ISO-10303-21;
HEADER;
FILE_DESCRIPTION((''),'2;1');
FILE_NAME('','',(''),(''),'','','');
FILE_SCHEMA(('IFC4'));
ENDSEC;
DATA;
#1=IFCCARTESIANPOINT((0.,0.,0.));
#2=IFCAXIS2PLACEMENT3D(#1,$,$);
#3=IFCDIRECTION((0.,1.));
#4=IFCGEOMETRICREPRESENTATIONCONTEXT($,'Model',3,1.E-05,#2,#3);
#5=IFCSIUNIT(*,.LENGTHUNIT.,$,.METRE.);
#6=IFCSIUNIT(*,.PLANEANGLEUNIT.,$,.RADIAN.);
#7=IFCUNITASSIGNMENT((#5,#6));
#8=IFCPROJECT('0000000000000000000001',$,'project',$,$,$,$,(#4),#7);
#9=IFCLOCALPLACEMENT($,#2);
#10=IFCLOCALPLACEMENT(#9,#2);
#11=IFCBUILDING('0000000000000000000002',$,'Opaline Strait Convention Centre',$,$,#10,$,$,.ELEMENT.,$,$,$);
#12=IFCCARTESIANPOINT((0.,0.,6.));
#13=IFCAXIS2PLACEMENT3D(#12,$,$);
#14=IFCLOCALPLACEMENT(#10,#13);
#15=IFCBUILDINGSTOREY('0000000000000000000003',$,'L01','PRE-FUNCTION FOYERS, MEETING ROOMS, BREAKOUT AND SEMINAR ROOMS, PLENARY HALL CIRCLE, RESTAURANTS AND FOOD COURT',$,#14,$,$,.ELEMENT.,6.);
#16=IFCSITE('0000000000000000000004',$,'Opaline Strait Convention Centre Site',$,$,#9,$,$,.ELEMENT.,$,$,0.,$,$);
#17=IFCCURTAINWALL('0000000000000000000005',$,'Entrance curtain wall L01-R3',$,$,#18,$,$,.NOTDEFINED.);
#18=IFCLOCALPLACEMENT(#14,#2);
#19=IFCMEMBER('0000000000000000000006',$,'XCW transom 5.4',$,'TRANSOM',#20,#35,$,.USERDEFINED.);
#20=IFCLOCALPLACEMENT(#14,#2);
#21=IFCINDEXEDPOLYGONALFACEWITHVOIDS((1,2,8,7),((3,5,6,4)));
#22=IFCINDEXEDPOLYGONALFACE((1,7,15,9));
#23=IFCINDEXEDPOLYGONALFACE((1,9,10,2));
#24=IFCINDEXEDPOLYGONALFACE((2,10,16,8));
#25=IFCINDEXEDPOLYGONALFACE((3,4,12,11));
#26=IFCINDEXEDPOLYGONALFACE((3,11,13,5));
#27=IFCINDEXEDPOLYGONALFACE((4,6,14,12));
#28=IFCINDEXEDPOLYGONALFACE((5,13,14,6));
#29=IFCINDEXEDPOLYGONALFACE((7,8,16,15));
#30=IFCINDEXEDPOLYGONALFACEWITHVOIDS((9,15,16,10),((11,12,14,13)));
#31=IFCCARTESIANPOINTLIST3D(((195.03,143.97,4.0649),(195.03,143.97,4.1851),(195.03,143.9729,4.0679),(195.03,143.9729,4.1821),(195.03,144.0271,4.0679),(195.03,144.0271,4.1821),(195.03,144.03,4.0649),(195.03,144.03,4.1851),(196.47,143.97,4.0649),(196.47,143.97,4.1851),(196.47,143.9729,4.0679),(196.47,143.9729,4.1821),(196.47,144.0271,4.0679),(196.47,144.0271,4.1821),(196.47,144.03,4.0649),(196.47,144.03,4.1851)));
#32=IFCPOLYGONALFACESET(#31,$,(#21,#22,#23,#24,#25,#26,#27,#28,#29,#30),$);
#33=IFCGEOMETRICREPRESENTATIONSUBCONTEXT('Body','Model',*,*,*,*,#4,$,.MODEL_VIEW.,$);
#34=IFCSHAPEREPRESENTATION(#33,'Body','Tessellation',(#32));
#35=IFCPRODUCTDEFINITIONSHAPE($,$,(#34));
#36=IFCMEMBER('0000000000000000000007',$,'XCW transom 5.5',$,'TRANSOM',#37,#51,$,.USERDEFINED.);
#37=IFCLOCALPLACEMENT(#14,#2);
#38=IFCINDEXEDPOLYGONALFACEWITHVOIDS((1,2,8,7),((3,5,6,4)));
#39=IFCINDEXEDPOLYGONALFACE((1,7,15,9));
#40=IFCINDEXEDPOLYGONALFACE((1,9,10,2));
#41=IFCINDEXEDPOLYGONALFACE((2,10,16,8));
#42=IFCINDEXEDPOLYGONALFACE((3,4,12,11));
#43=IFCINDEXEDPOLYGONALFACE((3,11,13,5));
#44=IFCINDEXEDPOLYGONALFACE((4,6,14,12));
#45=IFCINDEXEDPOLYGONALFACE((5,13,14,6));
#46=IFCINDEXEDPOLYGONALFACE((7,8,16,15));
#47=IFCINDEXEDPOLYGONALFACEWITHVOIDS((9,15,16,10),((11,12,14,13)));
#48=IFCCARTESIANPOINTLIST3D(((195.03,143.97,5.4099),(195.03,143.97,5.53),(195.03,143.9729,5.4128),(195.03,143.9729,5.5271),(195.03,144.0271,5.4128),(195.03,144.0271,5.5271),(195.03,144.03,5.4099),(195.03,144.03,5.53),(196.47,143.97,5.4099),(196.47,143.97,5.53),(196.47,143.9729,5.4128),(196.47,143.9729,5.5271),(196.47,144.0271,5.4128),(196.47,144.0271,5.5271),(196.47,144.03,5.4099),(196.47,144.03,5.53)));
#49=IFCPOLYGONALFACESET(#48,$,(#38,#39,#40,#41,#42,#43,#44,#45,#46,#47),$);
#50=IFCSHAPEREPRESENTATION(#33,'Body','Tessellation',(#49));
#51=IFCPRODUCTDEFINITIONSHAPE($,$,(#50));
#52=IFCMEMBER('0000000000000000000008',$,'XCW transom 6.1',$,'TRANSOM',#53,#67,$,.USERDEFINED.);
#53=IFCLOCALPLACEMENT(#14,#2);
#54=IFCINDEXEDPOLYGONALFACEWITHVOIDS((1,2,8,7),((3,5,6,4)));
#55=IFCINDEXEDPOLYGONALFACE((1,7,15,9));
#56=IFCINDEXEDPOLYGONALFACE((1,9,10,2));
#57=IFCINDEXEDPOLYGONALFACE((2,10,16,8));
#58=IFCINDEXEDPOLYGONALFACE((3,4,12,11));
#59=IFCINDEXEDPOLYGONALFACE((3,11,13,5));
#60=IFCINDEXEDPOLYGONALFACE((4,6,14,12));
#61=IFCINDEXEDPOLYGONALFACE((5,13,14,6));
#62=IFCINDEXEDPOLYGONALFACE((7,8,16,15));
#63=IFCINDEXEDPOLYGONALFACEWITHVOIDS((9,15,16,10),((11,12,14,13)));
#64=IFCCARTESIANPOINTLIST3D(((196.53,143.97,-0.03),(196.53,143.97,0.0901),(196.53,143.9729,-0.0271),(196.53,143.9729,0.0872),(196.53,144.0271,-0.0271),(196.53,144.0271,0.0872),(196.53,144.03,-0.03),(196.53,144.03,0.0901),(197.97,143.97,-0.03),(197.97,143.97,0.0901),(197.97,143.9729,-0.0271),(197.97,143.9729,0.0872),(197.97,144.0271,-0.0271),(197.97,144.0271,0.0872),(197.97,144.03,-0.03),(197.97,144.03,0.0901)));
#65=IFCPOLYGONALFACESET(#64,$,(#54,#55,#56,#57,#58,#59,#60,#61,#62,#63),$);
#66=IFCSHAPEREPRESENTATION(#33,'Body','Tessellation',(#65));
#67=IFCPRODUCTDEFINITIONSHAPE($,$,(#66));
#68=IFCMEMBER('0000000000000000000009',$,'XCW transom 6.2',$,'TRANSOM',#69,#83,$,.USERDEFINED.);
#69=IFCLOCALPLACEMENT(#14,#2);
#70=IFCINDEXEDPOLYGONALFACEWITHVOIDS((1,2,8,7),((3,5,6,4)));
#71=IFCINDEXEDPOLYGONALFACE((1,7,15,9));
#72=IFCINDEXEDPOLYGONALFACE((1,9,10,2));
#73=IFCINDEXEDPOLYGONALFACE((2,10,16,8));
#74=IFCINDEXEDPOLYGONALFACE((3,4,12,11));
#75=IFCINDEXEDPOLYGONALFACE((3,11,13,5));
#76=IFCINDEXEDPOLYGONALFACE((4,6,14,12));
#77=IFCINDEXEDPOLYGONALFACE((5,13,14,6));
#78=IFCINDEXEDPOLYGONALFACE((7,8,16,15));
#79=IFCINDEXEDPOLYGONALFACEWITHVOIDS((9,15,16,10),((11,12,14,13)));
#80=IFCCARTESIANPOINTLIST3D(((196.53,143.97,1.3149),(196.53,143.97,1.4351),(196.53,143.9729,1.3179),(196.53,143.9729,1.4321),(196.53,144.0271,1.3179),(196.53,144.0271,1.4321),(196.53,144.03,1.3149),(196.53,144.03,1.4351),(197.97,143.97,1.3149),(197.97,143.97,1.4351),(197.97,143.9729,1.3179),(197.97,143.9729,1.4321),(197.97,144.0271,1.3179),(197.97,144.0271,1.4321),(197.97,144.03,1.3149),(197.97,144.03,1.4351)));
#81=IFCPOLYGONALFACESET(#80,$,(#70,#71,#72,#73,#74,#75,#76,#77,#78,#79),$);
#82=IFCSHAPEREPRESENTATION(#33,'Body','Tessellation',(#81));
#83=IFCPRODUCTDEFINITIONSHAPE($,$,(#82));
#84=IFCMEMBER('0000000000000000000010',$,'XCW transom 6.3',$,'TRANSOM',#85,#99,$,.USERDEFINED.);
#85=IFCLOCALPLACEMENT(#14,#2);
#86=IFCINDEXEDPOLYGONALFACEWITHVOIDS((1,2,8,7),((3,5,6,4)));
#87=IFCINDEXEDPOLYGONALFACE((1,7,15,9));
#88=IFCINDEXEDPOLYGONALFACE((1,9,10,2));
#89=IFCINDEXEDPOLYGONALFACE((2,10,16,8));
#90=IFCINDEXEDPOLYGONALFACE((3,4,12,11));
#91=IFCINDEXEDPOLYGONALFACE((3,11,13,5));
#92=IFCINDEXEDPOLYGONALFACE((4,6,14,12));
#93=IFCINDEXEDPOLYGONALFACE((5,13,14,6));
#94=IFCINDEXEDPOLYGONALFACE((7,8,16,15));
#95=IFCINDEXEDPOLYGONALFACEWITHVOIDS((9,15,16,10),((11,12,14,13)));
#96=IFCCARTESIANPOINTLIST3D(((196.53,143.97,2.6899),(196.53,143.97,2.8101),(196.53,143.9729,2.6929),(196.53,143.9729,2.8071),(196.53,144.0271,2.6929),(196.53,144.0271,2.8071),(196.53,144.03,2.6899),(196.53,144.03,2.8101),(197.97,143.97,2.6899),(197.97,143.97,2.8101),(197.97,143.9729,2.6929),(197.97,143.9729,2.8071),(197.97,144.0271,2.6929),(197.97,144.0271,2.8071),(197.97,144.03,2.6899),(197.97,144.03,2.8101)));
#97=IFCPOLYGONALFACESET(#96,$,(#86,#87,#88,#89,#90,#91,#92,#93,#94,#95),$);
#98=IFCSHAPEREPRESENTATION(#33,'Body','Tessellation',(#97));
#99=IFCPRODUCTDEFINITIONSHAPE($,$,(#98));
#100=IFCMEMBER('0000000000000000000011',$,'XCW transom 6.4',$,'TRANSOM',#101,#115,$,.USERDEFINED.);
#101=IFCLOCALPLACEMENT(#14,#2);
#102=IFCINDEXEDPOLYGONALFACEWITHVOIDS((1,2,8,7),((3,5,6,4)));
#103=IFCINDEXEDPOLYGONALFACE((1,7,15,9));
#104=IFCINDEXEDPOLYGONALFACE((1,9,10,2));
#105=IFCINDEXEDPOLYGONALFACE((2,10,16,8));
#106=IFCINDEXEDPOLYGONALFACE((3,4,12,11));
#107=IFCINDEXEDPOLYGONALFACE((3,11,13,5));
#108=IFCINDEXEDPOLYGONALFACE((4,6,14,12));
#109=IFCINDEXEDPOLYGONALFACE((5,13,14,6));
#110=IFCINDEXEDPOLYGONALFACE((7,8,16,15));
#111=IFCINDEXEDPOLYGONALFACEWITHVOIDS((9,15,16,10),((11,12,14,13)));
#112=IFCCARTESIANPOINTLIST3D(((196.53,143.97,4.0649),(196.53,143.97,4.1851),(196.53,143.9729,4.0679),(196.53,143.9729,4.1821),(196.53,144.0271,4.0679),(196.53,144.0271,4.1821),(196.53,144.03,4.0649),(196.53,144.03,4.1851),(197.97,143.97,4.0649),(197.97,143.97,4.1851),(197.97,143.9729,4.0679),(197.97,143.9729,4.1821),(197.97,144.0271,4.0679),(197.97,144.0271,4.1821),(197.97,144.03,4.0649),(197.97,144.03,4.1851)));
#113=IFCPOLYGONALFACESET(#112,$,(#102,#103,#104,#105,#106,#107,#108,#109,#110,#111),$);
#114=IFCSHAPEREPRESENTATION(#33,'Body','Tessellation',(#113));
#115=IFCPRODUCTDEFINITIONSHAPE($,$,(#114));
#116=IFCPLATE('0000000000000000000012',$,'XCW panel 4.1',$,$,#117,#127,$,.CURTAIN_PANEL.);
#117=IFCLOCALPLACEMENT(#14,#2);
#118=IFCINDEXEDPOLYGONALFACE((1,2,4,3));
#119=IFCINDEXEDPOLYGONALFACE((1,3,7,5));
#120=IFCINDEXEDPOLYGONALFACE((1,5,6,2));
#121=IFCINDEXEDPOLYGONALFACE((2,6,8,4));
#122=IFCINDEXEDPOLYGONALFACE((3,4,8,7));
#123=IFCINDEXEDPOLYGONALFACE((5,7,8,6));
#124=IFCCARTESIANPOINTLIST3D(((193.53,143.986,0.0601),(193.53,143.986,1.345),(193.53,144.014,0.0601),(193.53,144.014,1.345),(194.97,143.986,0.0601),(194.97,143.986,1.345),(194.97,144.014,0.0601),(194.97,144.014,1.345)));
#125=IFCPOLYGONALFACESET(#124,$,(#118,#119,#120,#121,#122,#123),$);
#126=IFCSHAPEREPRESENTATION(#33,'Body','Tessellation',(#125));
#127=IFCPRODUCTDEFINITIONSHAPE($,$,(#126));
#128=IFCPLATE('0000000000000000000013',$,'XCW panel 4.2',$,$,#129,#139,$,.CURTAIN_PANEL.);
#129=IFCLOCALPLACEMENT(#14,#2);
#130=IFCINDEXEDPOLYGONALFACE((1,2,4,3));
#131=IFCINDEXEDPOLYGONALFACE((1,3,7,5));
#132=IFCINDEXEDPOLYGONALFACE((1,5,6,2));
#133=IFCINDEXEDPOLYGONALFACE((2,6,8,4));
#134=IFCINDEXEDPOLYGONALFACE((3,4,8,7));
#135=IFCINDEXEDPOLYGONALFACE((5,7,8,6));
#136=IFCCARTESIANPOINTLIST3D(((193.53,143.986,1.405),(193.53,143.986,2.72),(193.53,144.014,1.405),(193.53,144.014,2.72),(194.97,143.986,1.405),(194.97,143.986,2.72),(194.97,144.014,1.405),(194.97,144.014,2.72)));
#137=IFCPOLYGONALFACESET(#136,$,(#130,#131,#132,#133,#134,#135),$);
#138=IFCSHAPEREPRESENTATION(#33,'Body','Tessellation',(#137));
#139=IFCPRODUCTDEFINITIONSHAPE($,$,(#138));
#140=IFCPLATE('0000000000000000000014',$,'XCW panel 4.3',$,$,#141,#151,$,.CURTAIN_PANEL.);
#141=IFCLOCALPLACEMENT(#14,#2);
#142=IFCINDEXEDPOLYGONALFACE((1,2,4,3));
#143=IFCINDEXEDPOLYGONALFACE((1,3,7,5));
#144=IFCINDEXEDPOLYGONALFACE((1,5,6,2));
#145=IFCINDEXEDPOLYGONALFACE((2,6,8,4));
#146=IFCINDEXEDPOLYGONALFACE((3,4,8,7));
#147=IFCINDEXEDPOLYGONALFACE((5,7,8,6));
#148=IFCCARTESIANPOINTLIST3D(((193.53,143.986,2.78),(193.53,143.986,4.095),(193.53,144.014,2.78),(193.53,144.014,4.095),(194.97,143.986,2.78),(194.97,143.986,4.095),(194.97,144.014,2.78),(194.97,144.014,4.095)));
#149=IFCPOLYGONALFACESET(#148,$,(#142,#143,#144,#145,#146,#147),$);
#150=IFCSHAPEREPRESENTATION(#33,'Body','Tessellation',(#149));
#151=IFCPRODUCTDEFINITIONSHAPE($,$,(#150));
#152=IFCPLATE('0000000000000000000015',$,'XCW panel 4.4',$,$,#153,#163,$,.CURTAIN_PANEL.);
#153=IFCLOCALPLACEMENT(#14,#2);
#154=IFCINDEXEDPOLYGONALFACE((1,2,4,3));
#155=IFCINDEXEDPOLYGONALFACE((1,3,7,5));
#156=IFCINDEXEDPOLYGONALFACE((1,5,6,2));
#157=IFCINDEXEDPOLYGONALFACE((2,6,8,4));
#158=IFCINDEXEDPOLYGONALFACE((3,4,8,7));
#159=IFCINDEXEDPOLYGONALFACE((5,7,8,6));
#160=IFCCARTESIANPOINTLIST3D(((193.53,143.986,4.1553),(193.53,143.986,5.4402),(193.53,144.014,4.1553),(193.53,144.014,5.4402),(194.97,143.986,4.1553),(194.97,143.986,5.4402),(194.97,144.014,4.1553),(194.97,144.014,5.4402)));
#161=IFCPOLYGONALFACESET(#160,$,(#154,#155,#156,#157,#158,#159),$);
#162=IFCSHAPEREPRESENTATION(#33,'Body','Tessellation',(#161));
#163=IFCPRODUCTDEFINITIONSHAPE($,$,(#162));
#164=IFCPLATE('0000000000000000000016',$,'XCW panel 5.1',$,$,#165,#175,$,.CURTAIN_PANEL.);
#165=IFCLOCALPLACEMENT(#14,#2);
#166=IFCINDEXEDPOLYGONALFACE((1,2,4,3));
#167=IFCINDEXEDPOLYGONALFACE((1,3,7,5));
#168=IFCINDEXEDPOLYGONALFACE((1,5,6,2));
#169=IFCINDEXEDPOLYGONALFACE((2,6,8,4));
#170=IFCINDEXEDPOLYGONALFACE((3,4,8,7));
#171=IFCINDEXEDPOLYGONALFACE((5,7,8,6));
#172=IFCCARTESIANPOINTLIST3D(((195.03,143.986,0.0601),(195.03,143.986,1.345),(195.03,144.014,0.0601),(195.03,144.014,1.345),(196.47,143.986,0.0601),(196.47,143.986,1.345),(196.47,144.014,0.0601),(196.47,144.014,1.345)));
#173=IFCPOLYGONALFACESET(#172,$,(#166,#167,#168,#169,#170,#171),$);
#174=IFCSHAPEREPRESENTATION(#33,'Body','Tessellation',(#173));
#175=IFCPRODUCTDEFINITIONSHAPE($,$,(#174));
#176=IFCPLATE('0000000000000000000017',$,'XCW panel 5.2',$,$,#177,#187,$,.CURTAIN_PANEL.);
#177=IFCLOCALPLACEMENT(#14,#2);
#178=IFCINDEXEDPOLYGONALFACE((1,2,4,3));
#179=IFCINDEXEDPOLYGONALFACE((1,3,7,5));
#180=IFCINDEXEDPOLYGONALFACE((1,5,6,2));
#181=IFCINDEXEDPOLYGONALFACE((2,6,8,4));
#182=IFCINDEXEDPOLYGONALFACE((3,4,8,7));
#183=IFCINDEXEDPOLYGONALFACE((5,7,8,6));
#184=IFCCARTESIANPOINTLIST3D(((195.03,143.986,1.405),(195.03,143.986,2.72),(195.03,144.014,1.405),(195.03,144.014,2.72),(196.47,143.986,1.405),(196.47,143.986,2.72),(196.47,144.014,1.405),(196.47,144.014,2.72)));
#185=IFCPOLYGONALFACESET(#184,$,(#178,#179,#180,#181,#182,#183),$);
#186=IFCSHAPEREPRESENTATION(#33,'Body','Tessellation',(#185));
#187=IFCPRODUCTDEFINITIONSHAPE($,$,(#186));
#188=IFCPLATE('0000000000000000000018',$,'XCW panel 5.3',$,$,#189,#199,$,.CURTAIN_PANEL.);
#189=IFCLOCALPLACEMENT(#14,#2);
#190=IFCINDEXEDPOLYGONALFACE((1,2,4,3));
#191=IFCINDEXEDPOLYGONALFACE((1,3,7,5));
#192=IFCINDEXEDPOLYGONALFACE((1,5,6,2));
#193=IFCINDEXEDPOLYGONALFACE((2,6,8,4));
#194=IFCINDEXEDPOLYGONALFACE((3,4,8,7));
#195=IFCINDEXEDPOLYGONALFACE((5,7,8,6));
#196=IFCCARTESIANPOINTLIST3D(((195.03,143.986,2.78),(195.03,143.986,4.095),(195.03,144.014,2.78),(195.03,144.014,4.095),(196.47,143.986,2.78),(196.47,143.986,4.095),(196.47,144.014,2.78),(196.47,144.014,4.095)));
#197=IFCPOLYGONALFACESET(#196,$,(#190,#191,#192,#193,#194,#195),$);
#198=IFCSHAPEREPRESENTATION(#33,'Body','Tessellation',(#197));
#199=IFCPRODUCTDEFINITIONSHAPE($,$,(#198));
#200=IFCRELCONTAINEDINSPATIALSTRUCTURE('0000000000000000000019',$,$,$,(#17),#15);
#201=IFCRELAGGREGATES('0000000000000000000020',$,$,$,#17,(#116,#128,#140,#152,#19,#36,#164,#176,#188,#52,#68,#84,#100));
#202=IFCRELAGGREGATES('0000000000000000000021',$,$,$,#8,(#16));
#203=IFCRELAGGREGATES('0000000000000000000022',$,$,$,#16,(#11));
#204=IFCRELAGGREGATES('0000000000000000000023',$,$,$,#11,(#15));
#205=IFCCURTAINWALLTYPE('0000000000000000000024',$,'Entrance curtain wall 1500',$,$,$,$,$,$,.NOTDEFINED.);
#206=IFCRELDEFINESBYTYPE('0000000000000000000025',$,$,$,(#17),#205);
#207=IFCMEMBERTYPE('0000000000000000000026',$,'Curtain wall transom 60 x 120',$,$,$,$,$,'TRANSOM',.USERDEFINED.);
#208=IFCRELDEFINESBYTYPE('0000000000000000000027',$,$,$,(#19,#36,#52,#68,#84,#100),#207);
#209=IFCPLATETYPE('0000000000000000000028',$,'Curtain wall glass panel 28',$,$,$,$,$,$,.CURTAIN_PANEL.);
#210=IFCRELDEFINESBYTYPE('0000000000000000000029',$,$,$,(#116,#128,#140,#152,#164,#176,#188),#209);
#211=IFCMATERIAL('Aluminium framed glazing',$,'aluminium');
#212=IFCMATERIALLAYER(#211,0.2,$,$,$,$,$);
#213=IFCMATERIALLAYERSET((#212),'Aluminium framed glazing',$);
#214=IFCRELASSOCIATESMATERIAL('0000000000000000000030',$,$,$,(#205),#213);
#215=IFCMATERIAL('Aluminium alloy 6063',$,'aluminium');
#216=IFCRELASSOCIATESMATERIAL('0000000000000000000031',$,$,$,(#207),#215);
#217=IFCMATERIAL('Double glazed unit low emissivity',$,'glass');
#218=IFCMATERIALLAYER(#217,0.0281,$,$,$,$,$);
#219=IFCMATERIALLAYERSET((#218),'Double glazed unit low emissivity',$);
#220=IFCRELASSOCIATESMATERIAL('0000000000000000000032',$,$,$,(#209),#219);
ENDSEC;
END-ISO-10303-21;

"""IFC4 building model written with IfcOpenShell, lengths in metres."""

from ifc_helpers import new_model, si_unit, direction, frame, origin, origin_2d, place, context, subcontext, project, spatial, rectangle, hollow_rectangle, extrude, material, layer, layer_set, material_profile, profile_set, type_object, element, aggregate, save


model = new_model("IFC4")

# Units and contexts
model_context = context("Model", 3, precision=1e-05, world=origin(), true_north=direction((0.0, 1.0)))
body_context = subcontext(model_context, "Body", "Model", "MODEL_VIEW")
ifc_project = project(units=[si_unit("LENGTHUNIT", "METRE"), si_unit("PLANEANGLEUNIT", "RADIAN")], contexts=[model_context])

# Site, building, storey
site_placement = place(None, origin())
site = spatial("IfcSite", under=ifc_project, at=site_placement, Name="Opaline Strait Convention Centre Site", CompositionType="ELEMENT", RefElevation=0.0)
building_placement = place(site_placement, origin())
building = spatial("IfcBuilding", under=site, at=building_placement, Name="Opaline Strait Convention Centre", CompositionType="ELEMENT")
storey_placement = place(building_placement, frame((0.0, 0.0, 6.0)))
storey = spatial("IfcBuildingStorey", under=building, at=storey_placement, Name="L01", Description="PRE-FUNCTION FOYERS, MEETING ROOMS, BREAKOUT AND SEMINAR ROOMS, PLENARY HALL CIRCLE, RESTAURANTS AND FOOD COURT", CompositionType="ELEMENT", Elevation=6.0)

# Curtain wall, members, plates
ifc_material_1 = material(Name="Aluminium framed glazing", Category="aluminium")
ifc_layer_1 = layer(ifc_material_1, 0.2)
ifc_layer_set_1 = layer_set([ifc_layer_1], Name="Aluminium framed glazing")
curtain_wall_type = type_object("IfcCurtainWallType", Name="Entrance curtain wall 1500", PredefinedType="NOTDEFINED", material=ifc_layer_set_1)
curtain_wall_placement = place(storey_placement, origin())
curtain_wall = element("IfcCurtainWall", 1, at=curtain_wall_placement, inside=storey, type_object=curtain_wall_type, Name="Entrance curtain wall L01-R3", PredefinedType="NOTDEFINED")
ifc_material_2 = material(Name="Aluminium alloy 6063", Category="aluminium")
ifc_material_profile_1 = material_profile(ifc_material_2, hollow_rectangle(XDim=0.0601, YDim=0.1201, WallThickness=0.0029, at=origin_2d()), Name="TRANSOM 60x120x3")
ifc_profile_set_1 = profile_set([ifc_material_profile_1], Name="Aluminium alloy 6063")
member_type_1 = type_object("IfcMemberType", Name="Curtain wall transom 60 x 120", ElementType="TRANSOM", PredefinedType="USERDEFINED", material=ifc_profile_set_1)
member_1_placement = place(storey_placement, frame((195.03, 144.0, 4.125), z_axis=(1.0, 0.0, 0.0), x_axis=(0.0, 1.0, 0.0)))
member_1 = element("IfcMember", 2, at=member_1_placement, type_object=member_type_1, Name="XCW transom 5.4", ObjectType="TRANSOM", PredefinedType="USERDEFINED", context=body_context, shape_type="SweptSolid", body=[
    extrude(hollow_rectangle(XDim=0.0601, YDim=0.1201, WallThickness=0.0029, at=origin_2d()), origin(), (0.0, 0.0, 1.0), 1.4399),
])
member_2_placement = place(storey_placement, frame((195.03, 144.0, 5.47), z_axis=(1.0, 0.0, 0.0), x_axis=(0.0, 1.0, 0.0)))
member_2 = element("IfcMember", 3, at=member_2_placement, type_object=member_type_1, Name="XCW transom 5.5", ObjectType="TRANSOM", PredefinedType="USERDEFINED", context=body_context, shape_type="SweptSolid", body=[
    extrude(hollow_rectangle(XDim=0.0601, YDim=0.1201, WallThickness=0.0029, at=origin_2d()), origin(), (0.0, 0.0, 1.0), 1.4399),
])
member_3_placement = place(storey_placement, frame((196.53, 144.0, 0.03), z_axis=(1.0, 0.0, 0.0), x_axis=(0.0, 1.0, 0.0)))
member_3 = element("IfcMember", 4, at=member_3_placement, type_object=member_type_1, Name="XCW transom 6.1", ObjectType="TRANSOM", PredefinedType="USERDEFINED", context=body_context, shape_type="SweptSolid", body=[
    extrude(hollow_rectangle(XDim=0.0601, YDim=0.1201, WallThickness=0.0029, at=origin_2d()), origin(), (0.0, 0.0, 1.0), 1.4399),
])
member_4_placement = place(storey_placement, frame((196.53, 144.0, 1.375), z_axis=(1.0, 0.0, 0.0), x_axis=(0.0, 1.0, 0.0)))
member_4 = element("IfcMember", 5, at=member_4_placement, type_object=member_type_1, Name="XCW transom 6.2", ObjectType="TRANSOM", PredefinedType="USERDEFINED", context=body_context, shape_type="SweptSolid", body=[
    extrude(hollow_rectangle(XDim=0.0601, YDim=0.1201, WallThickness=0.0029, at=origin_2d()), origin(), (0.0, 0.0, 1.0), 1.4399),
])
member_5_placement = place(storey_placement, frame((196.53, 144.0, 2.75), z_axis=(1.0, 0.0, 0.0), x_axis=(0.0, 1.0, 0.0)))
member_5 = element("IfcMember", 6, at=member_5_placement, type_object=member_type_1, Name="XCW transom 6.3", ObjectType="TRANSOM", PredefinedType="USERDEFINED", context=body_context, shape_type="SweptSolid", body=[
    extrude(hollow_rectangle(XDim=0.0601, YDim=0.1201, WallThickness=0.0029, at=origin_2d()), origin(), (0.0, 0.0, 1.0), 1.4399),
])
member_6_placement = place(storey_placement, frame((196.53, 144.0, 4.125), z_axis=(1.0, 0.0, 0.0), x_axis=(0.0, 1.0, 0.0)))
member_6 = element("IfcMember", 7, at=member_6_placement, type_object=member_type_1, Name="XCW transom 6.4", ObjectType="TRANSOM", PredefinedType="USERDEFINED", context=body_context, shape_type="SweptSolid", body=[
    extrude(hollow_rectangle(XDim=0.0601, YDim=0.1201, WallThickness=0.0029, at=origin_2d()), origin(), (0.0, 0.0, 1.0), 1.4399),
])
ifc_material_3 = material(Name="Double glazed unit low emissivity", Category="glass")
ifc_layer_2 = layer(ifc_material_3, 0.0281)
ifc_layer_set_2 = layer_set([ifc_layer_2], Name="Double glazed unit low emissivity")
plate_type = type_object("IfcPlateType", Name="Curtain wall glass panel 28", PredefinedType="CURTAIN_PANEL", material=ifc_layer_set_2)
plate_1_placement = place(storey_placement, frame((194.25, 144.0, 0.0601), z_axis=(0.0, 0.0, 1.0), x_axis=(1.0, 0.0, 0.0)))
plate_1 = element("IfcPlate", 8, at=plate_1_placement, type_object=plate_type, Name="XCW panel 4.1", PredefinedType="CURTAIN_PANEL", context=body_context, shape_type="SweptSolid", body=[
    extrude(rectangle(XDim=1.4399, YDim=0.0281, at=origin_2d()), origin(), (0.0, 0.0, 1.0), 1.2849),
])
plate_2_placement = place(storey_placement, frame((194.25, 144.0, 1.405), z_axis=(0.0, 0.0, 1.0), x_axis=(1.0, 0.0, 0.0)))
plate_2 = element("IfcPlate", 9, at=plate_2_placement, type_object=plate_type, Name="XCW panel 4.2", PredefinedType="CURTAIN_PANEL", context=body_context, shape_type="SweptSolid", body=[
    extrude(rectangle(XDim=1.4399, YDim=0.0281, at=origin_2d()), origin(), (0.0, 0.0, 1.0), 1.3149),
])
plate_3_placement = place(storey_placement, frame((194.25, 144.0, 2.78), z_axis=(0.0, 0.0, 1.0), x_axis=(1.0, 0.0, 0.0)))
plate_3 = element("IfcPlate", 10, at=plate_3_placement, type_object=plate_type, Name="XCW panel 4.3", PredefinedType="CURTAIN_PANEL", context=body_context, shape_type="SweptSolid", body=[
    extrude(rectangle(XDim=1.4399, YDim=0.0281, at=origin_2d()), origin(), (0.0, 0.0, 1.0), 1.3149),
])
plate_4_placement = place(storey_placement, frame((194.25, 144.0, 4.1553), z_axis=(0.0, 0.0, 1.0), x_axis=(1.0, 0.0, 0.0)))
plate_4 = element("IfcPlate", 11, at=plate_4_placement, type_object=plate_type, Name="XCW panel 4.4", PredefinedType="CURTAIN_PANEL", context=body_context, shape_type="SweptSolid", body=[
    extrude(rectangle(XDim=1.4399, YDim=0.0281, at=origin_2d()), origin(), (0.0, 0.0, 1.0), 1.2849),
])
plate_5_placement = place(storey_placement, frame((195.75, 144.0, 0.0601), z_axis=(0.0, 0.0, 1.0), x_axis=(1.0, 0.0, 0.0)))
plate_5 = element("IfcPlate", 12, at=plate_5_placement, type_object=plate_type, Name="XCW panel 5.1", PredefinedType="CURTAIN_PANEL", context=body_context, shape_type="SweptSolid", body=[
    extrude(rectangle(XDim=1.4399, YDim=0.0281, at=origin_2d()), origin(), (0.0, 0.0, 1.0), 1.2849),
])
plate_6_placement = place(storey_placement, frame((195.75, 144.0, 1.405), z_axis=(0.0, 0.0, 1.0), x_axis=(1.0, 0.0, 0.0)))
plate_6 = element("IfcPlate", 13, at=plate_6_placement, type_object=plate_type, Name="XCW panel 5.2", PredefinedType="CURTAIN_PANEL", context=body_context, shape_type="SweptSolid", body=[
    extrude(rectangle(XDim=1.4399, YDim=0.0281, at=origin_2d()), origin(), (0.0, 0.0, 1.0), 1.3149),
])
plate_7_placement = place(storey_placement, frame((195.75, 144.0, 2.78), z_axis=(0.0, 0.0, 1.0), x_axis=(1.0, 0.0, 0.0)))
plate_7 = element("IfcPlate", 14, at=plate_7_placement, type_object=plate_type, Name="XCW panel 5.3", PredefinedType="CURTAIN_PANEL", context=body_context, shape_type="SweptSolid", body=[
    extrude(rectangle(XDim=1.4399, YDim=0.0281, at=origin_2d()), origin(), (0.0, 0.0, 1.0), 1.3149),
])
aggregate(curtain_wall, [plate_1, plate_2, plate_3, plate_4, member_1, member_2, plate_5, plate_6, plate_7, member_3, member_4, member_5, member_6])

save(model, "model.ifc")
